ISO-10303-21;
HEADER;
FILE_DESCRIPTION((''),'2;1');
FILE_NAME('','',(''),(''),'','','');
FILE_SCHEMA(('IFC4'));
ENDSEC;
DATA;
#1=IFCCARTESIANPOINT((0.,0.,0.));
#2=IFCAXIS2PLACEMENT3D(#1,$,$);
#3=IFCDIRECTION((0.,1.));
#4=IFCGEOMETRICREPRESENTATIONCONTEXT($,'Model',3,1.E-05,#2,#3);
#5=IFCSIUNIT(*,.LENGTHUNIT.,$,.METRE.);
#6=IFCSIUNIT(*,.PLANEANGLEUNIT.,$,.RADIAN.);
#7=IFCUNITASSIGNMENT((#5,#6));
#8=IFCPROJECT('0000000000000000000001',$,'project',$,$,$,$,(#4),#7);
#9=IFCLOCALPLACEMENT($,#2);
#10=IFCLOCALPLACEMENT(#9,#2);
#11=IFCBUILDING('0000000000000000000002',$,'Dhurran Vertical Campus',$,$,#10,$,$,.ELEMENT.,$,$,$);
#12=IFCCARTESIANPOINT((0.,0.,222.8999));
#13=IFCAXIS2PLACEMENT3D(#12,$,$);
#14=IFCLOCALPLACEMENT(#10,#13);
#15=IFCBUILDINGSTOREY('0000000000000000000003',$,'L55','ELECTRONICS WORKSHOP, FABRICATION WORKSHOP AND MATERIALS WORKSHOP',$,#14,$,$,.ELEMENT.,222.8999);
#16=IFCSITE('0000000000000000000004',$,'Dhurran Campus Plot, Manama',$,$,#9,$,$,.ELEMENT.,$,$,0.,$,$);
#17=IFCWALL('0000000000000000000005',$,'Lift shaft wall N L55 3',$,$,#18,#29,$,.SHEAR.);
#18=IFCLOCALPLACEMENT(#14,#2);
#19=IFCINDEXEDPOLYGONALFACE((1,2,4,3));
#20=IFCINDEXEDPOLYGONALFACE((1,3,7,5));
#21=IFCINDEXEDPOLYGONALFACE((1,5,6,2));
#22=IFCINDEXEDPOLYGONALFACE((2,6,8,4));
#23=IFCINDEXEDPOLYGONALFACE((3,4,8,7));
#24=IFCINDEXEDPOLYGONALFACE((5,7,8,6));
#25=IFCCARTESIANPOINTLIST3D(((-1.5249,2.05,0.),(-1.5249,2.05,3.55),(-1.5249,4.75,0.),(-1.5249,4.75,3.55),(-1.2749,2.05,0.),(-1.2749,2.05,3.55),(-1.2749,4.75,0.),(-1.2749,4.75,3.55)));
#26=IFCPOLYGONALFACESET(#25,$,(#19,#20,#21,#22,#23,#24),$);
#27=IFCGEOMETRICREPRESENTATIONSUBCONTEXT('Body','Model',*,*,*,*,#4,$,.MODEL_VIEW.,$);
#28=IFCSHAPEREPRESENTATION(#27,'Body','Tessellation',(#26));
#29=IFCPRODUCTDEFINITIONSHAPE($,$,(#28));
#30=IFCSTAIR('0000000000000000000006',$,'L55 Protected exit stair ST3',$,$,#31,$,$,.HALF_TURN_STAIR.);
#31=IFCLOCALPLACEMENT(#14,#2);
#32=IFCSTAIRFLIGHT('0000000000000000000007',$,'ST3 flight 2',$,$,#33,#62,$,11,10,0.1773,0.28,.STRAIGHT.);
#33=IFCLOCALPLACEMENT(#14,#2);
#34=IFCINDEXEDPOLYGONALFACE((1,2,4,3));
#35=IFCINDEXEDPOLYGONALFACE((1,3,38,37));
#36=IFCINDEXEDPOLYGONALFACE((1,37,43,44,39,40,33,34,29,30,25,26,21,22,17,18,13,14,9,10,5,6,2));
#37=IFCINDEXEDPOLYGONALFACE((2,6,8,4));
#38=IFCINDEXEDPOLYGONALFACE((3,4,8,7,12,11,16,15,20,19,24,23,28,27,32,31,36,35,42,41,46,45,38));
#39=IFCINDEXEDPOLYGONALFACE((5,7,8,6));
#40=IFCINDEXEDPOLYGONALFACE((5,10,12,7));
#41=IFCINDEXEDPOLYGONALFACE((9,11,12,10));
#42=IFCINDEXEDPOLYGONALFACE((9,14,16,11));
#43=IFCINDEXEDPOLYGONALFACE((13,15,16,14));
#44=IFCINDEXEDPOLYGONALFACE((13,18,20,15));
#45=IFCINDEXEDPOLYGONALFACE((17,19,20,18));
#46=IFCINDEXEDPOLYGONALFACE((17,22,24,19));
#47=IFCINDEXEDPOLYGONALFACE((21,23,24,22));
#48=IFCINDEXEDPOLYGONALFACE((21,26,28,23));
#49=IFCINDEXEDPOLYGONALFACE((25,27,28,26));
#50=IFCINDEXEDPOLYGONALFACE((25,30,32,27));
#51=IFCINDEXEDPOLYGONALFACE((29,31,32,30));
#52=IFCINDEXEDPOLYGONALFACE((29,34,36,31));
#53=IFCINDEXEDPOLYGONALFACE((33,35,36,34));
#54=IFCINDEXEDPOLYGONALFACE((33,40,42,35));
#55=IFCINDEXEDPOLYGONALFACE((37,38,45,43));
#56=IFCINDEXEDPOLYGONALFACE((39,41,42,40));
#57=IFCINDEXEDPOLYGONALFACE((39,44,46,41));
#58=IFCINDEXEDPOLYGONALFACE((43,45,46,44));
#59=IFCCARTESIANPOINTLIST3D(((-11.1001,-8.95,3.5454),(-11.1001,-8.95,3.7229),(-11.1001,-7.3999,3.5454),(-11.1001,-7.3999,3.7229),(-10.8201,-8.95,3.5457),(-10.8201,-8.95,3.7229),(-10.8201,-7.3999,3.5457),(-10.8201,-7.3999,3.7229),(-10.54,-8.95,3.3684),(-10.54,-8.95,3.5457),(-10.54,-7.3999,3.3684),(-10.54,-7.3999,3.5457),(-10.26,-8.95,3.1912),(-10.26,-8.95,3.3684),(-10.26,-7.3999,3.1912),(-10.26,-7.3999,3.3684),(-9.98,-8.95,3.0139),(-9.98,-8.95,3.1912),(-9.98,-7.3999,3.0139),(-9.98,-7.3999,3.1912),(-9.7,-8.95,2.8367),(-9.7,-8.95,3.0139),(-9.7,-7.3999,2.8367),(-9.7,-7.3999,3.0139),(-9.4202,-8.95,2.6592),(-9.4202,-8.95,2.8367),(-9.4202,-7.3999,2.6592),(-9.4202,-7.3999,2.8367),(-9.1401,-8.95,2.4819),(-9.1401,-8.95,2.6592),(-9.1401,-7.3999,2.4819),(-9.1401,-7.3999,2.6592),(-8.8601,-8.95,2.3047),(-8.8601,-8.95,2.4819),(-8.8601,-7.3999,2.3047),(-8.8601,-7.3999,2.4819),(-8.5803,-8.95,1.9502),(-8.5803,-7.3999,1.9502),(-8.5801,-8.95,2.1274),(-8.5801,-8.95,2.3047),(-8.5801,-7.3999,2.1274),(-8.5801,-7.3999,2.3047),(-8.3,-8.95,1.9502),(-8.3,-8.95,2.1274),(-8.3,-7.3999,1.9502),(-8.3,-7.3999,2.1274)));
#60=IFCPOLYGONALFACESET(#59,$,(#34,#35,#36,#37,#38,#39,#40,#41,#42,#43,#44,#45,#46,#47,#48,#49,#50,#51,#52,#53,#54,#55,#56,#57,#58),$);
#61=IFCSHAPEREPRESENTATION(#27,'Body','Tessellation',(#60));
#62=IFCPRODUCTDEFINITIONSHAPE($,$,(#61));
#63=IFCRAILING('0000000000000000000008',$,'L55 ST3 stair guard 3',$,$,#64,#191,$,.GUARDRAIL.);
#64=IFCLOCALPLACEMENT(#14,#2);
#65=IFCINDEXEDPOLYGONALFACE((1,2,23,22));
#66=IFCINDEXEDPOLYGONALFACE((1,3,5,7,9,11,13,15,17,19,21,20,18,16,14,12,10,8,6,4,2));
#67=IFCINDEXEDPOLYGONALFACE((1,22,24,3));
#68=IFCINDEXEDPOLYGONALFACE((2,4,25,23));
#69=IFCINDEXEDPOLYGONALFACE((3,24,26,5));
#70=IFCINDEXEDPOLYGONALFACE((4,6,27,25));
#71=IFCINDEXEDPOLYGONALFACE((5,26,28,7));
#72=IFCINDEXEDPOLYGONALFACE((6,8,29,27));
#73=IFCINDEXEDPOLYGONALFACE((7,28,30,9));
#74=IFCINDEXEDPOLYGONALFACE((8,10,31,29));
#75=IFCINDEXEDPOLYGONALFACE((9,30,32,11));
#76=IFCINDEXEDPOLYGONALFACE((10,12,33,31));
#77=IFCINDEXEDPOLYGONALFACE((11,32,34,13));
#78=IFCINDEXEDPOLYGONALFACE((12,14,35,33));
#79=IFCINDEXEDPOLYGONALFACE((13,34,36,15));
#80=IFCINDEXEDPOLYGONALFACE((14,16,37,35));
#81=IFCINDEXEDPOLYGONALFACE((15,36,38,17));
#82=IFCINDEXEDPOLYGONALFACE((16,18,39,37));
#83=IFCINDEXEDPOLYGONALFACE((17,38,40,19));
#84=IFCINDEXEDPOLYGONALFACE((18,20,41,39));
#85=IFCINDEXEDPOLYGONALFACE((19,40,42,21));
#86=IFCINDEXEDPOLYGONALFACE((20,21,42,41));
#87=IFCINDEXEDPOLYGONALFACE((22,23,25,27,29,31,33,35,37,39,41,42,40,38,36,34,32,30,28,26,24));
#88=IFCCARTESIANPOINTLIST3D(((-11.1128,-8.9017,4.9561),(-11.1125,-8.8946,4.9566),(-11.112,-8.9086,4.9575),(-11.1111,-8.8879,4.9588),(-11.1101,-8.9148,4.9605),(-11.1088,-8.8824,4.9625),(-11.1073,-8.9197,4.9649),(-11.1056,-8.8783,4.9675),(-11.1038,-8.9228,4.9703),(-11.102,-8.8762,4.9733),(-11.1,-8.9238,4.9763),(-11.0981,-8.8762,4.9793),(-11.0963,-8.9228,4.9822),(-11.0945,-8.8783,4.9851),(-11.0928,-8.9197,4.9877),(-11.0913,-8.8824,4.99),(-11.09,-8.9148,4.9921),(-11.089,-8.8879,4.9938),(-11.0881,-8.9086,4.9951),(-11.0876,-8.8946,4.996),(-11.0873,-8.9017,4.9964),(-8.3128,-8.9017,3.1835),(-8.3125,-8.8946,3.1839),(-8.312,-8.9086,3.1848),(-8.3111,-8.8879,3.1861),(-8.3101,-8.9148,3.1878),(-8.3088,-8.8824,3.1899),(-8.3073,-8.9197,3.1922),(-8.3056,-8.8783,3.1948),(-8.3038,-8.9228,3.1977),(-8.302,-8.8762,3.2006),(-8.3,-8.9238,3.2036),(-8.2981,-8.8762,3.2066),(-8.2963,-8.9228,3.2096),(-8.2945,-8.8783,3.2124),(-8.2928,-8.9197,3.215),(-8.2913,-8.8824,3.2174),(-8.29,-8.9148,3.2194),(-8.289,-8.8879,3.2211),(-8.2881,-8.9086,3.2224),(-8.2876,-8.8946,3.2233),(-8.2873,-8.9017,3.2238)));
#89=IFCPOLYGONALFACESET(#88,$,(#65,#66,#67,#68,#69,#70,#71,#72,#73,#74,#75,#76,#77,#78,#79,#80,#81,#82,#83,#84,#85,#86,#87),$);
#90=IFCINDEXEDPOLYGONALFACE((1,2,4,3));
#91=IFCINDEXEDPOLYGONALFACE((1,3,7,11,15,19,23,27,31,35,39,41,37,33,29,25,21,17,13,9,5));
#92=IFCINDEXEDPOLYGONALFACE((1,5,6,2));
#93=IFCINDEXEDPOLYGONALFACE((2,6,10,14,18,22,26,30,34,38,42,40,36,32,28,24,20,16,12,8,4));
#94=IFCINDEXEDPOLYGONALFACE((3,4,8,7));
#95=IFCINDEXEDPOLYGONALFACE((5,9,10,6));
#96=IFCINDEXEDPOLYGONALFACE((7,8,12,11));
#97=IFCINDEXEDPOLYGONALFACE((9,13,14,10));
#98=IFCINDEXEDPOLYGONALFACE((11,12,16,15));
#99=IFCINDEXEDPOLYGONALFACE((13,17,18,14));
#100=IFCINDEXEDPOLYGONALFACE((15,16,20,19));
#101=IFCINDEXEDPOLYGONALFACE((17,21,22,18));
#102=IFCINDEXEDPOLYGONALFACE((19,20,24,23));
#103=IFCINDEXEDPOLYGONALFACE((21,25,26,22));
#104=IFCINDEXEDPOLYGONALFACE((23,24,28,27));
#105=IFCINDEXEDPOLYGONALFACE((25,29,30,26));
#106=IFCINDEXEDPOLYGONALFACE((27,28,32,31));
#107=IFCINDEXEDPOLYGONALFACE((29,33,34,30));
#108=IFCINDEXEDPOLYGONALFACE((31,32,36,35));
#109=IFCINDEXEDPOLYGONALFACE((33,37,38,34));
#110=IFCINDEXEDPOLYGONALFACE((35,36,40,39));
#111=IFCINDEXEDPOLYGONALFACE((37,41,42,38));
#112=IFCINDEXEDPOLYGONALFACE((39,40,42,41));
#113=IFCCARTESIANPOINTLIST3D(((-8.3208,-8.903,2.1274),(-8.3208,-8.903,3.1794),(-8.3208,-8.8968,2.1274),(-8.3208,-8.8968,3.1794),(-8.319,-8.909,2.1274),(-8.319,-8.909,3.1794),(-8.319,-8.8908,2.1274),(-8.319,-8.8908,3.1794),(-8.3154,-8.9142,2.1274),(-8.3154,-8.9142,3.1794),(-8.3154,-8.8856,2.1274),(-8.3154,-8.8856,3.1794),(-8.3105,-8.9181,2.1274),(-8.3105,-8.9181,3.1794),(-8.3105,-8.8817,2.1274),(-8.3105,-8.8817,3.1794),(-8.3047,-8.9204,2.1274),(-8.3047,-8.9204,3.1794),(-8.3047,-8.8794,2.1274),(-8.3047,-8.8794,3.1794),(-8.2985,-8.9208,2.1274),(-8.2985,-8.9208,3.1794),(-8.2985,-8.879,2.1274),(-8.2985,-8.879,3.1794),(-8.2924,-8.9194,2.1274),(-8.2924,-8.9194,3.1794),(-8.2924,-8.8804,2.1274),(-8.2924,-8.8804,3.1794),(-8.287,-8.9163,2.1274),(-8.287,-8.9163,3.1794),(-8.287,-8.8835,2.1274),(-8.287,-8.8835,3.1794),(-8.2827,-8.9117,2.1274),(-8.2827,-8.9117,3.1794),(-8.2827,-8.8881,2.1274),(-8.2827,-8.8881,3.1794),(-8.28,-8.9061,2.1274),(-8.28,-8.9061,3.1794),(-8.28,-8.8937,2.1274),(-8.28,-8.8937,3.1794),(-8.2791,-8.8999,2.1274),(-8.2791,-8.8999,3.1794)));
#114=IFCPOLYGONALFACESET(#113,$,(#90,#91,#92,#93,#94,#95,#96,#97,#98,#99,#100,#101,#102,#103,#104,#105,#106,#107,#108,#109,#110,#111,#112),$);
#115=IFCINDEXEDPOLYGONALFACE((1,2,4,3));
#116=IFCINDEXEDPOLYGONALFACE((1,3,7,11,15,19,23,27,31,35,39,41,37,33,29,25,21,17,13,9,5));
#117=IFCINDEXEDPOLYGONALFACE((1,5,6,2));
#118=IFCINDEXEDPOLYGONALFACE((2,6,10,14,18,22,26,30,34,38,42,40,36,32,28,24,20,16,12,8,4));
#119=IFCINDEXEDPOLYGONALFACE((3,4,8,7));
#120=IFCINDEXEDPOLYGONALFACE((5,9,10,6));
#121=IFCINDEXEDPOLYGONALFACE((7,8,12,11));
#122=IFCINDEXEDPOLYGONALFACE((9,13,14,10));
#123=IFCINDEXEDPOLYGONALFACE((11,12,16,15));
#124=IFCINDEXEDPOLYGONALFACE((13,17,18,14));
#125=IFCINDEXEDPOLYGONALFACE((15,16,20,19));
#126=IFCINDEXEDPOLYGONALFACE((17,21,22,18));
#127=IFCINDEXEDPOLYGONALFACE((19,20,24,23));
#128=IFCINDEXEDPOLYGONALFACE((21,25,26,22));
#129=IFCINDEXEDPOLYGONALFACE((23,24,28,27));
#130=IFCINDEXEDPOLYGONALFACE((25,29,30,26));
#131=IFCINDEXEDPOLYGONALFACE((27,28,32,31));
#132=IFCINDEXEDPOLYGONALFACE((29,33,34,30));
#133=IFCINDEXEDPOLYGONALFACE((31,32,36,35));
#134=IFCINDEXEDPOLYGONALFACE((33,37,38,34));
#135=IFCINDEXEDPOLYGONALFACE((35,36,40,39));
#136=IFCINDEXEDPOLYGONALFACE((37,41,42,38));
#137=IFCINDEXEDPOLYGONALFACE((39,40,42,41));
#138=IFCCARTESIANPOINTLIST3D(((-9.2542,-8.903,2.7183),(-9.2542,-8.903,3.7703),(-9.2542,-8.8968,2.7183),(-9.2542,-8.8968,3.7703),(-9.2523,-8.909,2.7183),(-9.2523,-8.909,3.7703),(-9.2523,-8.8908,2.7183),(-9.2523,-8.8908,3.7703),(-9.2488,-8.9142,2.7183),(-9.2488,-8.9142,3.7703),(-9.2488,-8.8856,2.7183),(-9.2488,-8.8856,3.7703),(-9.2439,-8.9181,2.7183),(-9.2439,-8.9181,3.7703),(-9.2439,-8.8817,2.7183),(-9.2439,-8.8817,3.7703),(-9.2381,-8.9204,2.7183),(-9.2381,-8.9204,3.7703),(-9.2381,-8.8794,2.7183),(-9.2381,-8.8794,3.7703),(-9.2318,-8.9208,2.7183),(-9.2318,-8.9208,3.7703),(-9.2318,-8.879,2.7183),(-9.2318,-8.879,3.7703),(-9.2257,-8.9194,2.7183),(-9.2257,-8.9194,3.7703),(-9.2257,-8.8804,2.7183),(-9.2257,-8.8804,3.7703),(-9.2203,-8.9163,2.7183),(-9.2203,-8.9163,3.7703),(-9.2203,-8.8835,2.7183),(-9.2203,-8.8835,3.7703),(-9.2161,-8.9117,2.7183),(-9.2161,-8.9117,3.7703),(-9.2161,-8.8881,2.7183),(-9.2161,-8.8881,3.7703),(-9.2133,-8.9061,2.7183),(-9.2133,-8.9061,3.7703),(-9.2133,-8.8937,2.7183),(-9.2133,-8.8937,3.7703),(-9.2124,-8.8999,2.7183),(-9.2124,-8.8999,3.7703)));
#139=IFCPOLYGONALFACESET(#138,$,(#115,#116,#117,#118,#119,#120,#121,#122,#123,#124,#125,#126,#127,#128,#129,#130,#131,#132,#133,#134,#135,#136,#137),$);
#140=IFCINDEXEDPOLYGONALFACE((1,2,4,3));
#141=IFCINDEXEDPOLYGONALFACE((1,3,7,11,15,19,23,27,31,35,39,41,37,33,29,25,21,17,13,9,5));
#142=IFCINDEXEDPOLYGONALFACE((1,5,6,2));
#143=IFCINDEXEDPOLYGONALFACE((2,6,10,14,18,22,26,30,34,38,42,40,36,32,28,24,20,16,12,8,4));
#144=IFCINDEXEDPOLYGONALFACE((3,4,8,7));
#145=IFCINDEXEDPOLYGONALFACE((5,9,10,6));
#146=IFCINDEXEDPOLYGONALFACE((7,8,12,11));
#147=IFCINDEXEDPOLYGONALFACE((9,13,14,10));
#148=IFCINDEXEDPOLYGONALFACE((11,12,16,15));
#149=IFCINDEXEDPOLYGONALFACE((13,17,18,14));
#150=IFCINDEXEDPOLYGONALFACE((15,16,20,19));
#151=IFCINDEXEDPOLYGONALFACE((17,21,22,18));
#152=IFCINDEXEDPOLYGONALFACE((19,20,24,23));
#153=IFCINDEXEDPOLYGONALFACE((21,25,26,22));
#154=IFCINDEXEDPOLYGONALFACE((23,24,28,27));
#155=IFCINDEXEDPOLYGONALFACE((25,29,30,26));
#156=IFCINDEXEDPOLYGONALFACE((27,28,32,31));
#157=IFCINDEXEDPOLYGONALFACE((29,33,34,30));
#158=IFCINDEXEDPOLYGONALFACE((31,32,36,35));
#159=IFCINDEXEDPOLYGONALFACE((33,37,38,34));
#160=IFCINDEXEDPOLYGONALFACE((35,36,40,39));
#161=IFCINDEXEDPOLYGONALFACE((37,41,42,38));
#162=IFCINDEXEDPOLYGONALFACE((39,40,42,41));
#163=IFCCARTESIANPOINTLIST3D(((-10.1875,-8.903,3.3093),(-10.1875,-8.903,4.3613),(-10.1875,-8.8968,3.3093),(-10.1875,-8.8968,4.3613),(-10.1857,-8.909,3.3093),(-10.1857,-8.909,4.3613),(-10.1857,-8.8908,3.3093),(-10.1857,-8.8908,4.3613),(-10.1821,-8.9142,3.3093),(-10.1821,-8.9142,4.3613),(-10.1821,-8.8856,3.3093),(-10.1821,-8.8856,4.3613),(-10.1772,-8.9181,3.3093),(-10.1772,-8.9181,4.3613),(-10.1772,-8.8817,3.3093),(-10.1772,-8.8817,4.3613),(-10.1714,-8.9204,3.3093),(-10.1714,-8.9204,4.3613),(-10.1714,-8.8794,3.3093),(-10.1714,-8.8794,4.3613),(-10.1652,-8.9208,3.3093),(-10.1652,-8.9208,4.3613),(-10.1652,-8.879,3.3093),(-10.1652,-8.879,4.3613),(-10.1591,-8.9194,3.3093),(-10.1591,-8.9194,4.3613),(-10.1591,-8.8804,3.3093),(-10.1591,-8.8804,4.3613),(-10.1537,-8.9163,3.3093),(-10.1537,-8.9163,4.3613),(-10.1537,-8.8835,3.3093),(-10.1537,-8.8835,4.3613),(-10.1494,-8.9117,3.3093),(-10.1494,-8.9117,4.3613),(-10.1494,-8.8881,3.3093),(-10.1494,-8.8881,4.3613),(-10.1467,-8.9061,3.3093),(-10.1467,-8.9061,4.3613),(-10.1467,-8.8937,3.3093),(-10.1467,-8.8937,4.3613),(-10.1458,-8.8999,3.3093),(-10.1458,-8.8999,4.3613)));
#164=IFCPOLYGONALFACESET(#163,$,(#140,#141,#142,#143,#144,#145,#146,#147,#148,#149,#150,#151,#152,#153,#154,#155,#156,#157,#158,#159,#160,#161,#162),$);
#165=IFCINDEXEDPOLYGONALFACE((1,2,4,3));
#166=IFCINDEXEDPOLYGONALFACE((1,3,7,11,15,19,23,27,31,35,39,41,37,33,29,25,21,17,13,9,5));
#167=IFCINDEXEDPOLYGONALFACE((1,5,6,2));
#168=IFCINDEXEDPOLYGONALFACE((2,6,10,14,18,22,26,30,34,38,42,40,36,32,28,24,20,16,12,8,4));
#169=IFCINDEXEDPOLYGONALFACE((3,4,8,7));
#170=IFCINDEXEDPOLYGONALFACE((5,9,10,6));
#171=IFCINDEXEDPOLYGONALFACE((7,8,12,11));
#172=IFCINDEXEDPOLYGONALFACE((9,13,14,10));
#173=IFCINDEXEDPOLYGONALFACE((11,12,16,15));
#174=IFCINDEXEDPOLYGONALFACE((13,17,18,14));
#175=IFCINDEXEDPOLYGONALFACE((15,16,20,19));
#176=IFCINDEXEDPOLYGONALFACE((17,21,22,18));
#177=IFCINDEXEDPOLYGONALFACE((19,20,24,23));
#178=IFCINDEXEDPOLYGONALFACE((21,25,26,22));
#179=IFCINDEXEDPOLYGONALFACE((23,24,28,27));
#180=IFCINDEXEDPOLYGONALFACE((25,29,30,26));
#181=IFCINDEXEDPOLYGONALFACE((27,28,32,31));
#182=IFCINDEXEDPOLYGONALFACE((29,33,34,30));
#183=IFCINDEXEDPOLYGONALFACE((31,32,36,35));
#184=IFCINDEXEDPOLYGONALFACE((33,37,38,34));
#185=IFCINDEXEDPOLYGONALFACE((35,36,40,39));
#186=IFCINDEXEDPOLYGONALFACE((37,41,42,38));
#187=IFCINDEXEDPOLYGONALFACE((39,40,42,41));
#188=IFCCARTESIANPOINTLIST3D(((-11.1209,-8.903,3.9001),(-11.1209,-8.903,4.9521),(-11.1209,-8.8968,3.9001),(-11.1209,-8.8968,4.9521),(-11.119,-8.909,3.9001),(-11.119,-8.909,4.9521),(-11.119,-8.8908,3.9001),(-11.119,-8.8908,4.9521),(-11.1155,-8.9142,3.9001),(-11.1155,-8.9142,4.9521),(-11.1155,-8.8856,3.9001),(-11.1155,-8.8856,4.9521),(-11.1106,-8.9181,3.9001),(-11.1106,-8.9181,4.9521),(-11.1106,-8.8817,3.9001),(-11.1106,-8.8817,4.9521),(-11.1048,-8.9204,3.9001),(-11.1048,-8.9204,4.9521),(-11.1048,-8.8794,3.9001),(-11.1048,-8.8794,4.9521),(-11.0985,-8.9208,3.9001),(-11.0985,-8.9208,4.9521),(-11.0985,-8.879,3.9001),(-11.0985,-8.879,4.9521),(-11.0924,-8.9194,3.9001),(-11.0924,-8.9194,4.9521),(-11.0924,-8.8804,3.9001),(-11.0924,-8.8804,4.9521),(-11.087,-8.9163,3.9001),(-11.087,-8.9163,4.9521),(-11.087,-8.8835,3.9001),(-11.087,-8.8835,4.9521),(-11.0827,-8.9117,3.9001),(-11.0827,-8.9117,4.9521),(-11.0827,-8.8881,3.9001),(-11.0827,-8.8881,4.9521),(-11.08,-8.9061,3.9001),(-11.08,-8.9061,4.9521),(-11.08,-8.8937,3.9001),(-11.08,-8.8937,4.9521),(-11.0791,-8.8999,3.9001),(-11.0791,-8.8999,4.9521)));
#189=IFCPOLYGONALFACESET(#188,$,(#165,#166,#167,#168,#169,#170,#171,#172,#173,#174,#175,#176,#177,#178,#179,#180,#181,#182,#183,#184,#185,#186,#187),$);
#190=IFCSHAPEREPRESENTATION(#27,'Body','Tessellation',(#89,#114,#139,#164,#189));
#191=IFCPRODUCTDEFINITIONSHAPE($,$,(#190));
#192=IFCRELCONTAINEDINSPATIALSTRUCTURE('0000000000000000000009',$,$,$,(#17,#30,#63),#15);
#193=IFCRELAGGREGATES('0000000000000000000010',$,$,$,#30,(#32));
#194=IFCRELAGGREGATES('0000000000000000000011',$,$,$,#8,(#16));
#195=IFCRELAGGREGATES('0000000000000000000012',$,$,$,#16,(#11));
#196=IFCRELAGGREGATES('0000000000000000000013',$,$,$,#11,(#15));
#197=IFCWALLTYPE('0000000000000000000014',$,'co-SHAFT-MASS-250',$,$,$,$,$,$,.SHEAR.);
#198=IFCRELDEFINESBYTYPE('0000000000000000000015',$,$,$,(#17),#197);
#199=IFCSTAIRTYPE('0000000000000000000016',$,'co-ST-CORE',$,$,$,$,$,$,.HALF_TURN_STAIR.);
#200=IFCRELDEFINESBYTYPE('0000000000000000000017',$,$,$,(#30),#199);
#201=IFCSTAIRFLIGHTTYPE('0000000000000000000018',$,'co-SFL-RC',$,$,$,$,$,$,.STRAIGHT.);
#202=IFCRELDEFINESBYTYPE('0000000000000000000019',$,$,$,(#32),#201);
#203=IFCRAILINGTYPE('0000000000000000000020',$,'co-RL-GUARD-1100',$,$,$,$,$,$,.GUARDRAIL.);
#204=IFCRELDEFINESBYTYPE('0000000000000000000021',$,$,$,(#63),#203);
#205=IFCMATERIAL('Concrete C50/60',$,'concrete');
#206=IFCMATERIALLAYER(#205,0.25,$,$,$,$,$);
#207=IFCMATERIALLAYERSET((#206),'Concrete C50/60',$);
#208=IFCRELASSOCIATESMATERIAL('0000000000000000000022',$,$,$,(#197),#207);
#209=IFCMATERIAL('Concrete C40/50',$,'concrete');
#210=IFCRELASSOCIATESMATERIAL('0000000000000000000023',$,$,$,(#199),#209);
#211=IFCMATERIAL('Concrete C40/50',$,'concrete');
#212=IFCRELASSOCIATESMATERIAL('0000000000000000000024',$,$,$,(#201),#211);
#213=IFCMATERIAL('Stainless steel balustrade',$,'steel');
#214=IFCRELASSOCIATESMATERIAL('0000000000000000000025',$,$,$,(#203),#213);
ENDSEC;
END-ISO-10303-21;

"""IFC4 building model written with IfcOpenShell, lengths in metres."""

from ifc_helpers import new_model, si_unit, direction, frame, origin, origin_2d, place, context, subcontext, project, spatial, polyline, circle, outline, extrude, material, layer, layer_set, type_object, element, aggregate, save


model = new_model("IFC4")

# Units and contexts
model_context = context("Model", 3, precision=1e-05, world=origin(), true_north=direction((0.0, 1.0)))
body_context = subcontext(model_context, "Body", "Model", "MODEL_VIEW")
ifc_project = project(units=[si_unit("LENGTHUNIT", "METRE"), si_unit("PLANEANGLEUNIT", "RADIAN")], contexts=[model_context])

# Site, building, storey
site_placement = place(None, origin())
site = spatial("IfcSite", under=ifc_project, at=site_placement, Name="Dhurran Campus Plot, Manama", CompositionType="ELEMENT", RefElevation=0.0)
building_placement = place(site_placement, origin())
building = spatial("IfcBuilding", under=site, at=building_placement, Name="Dhurran Vertical Campus", CompositionType="ELEMENT")
storey_placement = place(building_placement, frame((0.0, 0.0, 222.8999)))
storey = spatial("IfcBuildingStorey", under=building, at=storey_placement, Name="L55", Description="ELECTRONICS WORKSHOP, FABRICATION WORKSHOP AND MATERIALS WORKSHOP", CompositionType="ELEMENT", Elevation=222.8999)

# Wall
ifc_material_1 = material(Name="Concrete C50/60", Category="concrete")
ifc_layer_1 = layer(ifc_material_1, 0.25)
ifc_layer_set_1 = layer_set([ifc_layer_1], Name="Concrete C50/60")
wall_type_1 = type_object("IfcWallType", Name="co-SHAFT-MASS-250", PredefinedType="SHEAR", material=ifc_layer_set_1)
wall_1_placement = place(storey_placement, origin())
element("IfcWall", 1, at=wall_1_placement, inside=storey, type_object=wall_type_1, Name="Lift shaft wall N L55 3", PredefinedType="SHEAR", context=body_context, shape_type="SweptSolid", body=[
    extrude(outline(polyline([(-1.5249, 2.05), (-1.2749, 2.05), (-1.2749, 4.75), (-1.5249, 4.75), (-1.5249, 2.05)])), origin(), (0.0, 0.0, 1.0), 3.55),
])

# Stair, stair flight
ifc_material_2 = material(Name="Concrete C40/50", Category="concrete")
stair_type = type_object("IfcStairType", Name="co-ST-CORE", PredefinedType="HALF_TURN_STAIR", material=ifc_material_2)
stair_placement = place(storey_placement, origin())
stair = element("IfcStair", 2, at=stair_placement, inside=storey, type_object=stair_type, Name="L55 Protected exit stair ST3", PredefinedType="HALF_TURN_STAIR")
ifc_material_3 = material(Name="Concrete C40/50", Category="concrete")
stair_flight_type = type_object("IfcStairFlightType", Name="co-SFL-RC", PredefinedType="STRAIGHT", material=ifc_material_3)
stair_flight_placement = place(storey_placement, frame((-8.3, -8.175, 1.9502), z_axis=(0.0, 0.0, 1.0), x_axis=(-1.0, 0.0, 0.0)))
stair_flight = element("IfcStairFlight", 3, at=stair_flight_placement, type_object=stair_flight_type, Name="ST3 flight 2", NumberOfRisers=11, NumberOfTreads=10, PredefinedType="STRAIGHT", RiserHeight=0.1773, TreadLength=0.28, context=body_context, shape_type="SweptSolid", body=[
    extrude(outline(polyline([(0.0, 0.0), (0.0, 0.1772), (0.28, 0.1772), (0.28, 0.3545), (0.5601, 0.3545), (0.5601, 0.5317), (0.8401, 0.5317), (0.8401, 0.709), (1.1201, 0.709), (1.1201, 0.8865), (1.3999, 0.8865), (1.3999, 1.0637), (1.6799, 1.0637), (1.6799, 1.241), (1.96, 1.241), (1.96, 1.4182), (2.24, 1.4182), (2.24, 1.5955), (2.52, 1.5955), (2.52, 1.7727), (2.8, 1.7727), (2.8, 1.95), (2.8, 1.5952), (0.2803, 0.0), (0.0, 0.0)])), frame((0.0, 0.7749, 0.0), z_axis=(0.0, -1.0, 0.0), x_axis=(1.0, 0.0, 0.0)), (0.0, 0.0, 1.0), 1.55),
])
aggregate(stair, [stair_flight])

# Railing
ifc_material_4 = material(Name="Stainless steel balustrade", Category="steel")
railing_type_1 = type_object("IfcRailingType", Name="co-RL-GUARD-1100", PredefinedType="GUARDRAIL", material=ifc_material_4)
railing_1_placement = place(storey_placement, frame((-8.3, -8.8999, 2.1274)))
element("IfcRailing", 4, at=railing_1_placement, inside=storey, type_object=railing_type_1, Name="L55 ST3 stair guard 3", PredefinedType="GUARDRAIL", context=body_context, shape_type="SweptSolid", body=[
    extrude(circle(Radius=0.0239, at=origin_2d()), frame((0.0, 0.0, 1.0762), z_axis=(-0.844909, 0.0, 0.53491), x_axis=(0.0, -1.0, 0.0)), (0.0, 0.0, 1.0), 3.314),
    extrude(circle(Radius=0.021, at=origin_2d()), origin(), (0.0, 0.0, 1.0), 1.052),
    extrude(circle(Radius=0.021, at=origin_2d()), frame((-0.9333, 0.0, 0.5908)), (0.0, 0.0, 1.0), 1.052),
    extrude(circle(Radius=0.021, at=origin_2d()), frame((-1.8667, 0.0, 1.1819)), (0.0, 0.0, 1.0), 1.052),
    extrude(circle(Radius=0.021, at=origin_2d()), frame((-2.8, 0.0, 1.7727)), (0.0, 0.0, 1.0), 1.052),
])

save(model, "model.ifc")
